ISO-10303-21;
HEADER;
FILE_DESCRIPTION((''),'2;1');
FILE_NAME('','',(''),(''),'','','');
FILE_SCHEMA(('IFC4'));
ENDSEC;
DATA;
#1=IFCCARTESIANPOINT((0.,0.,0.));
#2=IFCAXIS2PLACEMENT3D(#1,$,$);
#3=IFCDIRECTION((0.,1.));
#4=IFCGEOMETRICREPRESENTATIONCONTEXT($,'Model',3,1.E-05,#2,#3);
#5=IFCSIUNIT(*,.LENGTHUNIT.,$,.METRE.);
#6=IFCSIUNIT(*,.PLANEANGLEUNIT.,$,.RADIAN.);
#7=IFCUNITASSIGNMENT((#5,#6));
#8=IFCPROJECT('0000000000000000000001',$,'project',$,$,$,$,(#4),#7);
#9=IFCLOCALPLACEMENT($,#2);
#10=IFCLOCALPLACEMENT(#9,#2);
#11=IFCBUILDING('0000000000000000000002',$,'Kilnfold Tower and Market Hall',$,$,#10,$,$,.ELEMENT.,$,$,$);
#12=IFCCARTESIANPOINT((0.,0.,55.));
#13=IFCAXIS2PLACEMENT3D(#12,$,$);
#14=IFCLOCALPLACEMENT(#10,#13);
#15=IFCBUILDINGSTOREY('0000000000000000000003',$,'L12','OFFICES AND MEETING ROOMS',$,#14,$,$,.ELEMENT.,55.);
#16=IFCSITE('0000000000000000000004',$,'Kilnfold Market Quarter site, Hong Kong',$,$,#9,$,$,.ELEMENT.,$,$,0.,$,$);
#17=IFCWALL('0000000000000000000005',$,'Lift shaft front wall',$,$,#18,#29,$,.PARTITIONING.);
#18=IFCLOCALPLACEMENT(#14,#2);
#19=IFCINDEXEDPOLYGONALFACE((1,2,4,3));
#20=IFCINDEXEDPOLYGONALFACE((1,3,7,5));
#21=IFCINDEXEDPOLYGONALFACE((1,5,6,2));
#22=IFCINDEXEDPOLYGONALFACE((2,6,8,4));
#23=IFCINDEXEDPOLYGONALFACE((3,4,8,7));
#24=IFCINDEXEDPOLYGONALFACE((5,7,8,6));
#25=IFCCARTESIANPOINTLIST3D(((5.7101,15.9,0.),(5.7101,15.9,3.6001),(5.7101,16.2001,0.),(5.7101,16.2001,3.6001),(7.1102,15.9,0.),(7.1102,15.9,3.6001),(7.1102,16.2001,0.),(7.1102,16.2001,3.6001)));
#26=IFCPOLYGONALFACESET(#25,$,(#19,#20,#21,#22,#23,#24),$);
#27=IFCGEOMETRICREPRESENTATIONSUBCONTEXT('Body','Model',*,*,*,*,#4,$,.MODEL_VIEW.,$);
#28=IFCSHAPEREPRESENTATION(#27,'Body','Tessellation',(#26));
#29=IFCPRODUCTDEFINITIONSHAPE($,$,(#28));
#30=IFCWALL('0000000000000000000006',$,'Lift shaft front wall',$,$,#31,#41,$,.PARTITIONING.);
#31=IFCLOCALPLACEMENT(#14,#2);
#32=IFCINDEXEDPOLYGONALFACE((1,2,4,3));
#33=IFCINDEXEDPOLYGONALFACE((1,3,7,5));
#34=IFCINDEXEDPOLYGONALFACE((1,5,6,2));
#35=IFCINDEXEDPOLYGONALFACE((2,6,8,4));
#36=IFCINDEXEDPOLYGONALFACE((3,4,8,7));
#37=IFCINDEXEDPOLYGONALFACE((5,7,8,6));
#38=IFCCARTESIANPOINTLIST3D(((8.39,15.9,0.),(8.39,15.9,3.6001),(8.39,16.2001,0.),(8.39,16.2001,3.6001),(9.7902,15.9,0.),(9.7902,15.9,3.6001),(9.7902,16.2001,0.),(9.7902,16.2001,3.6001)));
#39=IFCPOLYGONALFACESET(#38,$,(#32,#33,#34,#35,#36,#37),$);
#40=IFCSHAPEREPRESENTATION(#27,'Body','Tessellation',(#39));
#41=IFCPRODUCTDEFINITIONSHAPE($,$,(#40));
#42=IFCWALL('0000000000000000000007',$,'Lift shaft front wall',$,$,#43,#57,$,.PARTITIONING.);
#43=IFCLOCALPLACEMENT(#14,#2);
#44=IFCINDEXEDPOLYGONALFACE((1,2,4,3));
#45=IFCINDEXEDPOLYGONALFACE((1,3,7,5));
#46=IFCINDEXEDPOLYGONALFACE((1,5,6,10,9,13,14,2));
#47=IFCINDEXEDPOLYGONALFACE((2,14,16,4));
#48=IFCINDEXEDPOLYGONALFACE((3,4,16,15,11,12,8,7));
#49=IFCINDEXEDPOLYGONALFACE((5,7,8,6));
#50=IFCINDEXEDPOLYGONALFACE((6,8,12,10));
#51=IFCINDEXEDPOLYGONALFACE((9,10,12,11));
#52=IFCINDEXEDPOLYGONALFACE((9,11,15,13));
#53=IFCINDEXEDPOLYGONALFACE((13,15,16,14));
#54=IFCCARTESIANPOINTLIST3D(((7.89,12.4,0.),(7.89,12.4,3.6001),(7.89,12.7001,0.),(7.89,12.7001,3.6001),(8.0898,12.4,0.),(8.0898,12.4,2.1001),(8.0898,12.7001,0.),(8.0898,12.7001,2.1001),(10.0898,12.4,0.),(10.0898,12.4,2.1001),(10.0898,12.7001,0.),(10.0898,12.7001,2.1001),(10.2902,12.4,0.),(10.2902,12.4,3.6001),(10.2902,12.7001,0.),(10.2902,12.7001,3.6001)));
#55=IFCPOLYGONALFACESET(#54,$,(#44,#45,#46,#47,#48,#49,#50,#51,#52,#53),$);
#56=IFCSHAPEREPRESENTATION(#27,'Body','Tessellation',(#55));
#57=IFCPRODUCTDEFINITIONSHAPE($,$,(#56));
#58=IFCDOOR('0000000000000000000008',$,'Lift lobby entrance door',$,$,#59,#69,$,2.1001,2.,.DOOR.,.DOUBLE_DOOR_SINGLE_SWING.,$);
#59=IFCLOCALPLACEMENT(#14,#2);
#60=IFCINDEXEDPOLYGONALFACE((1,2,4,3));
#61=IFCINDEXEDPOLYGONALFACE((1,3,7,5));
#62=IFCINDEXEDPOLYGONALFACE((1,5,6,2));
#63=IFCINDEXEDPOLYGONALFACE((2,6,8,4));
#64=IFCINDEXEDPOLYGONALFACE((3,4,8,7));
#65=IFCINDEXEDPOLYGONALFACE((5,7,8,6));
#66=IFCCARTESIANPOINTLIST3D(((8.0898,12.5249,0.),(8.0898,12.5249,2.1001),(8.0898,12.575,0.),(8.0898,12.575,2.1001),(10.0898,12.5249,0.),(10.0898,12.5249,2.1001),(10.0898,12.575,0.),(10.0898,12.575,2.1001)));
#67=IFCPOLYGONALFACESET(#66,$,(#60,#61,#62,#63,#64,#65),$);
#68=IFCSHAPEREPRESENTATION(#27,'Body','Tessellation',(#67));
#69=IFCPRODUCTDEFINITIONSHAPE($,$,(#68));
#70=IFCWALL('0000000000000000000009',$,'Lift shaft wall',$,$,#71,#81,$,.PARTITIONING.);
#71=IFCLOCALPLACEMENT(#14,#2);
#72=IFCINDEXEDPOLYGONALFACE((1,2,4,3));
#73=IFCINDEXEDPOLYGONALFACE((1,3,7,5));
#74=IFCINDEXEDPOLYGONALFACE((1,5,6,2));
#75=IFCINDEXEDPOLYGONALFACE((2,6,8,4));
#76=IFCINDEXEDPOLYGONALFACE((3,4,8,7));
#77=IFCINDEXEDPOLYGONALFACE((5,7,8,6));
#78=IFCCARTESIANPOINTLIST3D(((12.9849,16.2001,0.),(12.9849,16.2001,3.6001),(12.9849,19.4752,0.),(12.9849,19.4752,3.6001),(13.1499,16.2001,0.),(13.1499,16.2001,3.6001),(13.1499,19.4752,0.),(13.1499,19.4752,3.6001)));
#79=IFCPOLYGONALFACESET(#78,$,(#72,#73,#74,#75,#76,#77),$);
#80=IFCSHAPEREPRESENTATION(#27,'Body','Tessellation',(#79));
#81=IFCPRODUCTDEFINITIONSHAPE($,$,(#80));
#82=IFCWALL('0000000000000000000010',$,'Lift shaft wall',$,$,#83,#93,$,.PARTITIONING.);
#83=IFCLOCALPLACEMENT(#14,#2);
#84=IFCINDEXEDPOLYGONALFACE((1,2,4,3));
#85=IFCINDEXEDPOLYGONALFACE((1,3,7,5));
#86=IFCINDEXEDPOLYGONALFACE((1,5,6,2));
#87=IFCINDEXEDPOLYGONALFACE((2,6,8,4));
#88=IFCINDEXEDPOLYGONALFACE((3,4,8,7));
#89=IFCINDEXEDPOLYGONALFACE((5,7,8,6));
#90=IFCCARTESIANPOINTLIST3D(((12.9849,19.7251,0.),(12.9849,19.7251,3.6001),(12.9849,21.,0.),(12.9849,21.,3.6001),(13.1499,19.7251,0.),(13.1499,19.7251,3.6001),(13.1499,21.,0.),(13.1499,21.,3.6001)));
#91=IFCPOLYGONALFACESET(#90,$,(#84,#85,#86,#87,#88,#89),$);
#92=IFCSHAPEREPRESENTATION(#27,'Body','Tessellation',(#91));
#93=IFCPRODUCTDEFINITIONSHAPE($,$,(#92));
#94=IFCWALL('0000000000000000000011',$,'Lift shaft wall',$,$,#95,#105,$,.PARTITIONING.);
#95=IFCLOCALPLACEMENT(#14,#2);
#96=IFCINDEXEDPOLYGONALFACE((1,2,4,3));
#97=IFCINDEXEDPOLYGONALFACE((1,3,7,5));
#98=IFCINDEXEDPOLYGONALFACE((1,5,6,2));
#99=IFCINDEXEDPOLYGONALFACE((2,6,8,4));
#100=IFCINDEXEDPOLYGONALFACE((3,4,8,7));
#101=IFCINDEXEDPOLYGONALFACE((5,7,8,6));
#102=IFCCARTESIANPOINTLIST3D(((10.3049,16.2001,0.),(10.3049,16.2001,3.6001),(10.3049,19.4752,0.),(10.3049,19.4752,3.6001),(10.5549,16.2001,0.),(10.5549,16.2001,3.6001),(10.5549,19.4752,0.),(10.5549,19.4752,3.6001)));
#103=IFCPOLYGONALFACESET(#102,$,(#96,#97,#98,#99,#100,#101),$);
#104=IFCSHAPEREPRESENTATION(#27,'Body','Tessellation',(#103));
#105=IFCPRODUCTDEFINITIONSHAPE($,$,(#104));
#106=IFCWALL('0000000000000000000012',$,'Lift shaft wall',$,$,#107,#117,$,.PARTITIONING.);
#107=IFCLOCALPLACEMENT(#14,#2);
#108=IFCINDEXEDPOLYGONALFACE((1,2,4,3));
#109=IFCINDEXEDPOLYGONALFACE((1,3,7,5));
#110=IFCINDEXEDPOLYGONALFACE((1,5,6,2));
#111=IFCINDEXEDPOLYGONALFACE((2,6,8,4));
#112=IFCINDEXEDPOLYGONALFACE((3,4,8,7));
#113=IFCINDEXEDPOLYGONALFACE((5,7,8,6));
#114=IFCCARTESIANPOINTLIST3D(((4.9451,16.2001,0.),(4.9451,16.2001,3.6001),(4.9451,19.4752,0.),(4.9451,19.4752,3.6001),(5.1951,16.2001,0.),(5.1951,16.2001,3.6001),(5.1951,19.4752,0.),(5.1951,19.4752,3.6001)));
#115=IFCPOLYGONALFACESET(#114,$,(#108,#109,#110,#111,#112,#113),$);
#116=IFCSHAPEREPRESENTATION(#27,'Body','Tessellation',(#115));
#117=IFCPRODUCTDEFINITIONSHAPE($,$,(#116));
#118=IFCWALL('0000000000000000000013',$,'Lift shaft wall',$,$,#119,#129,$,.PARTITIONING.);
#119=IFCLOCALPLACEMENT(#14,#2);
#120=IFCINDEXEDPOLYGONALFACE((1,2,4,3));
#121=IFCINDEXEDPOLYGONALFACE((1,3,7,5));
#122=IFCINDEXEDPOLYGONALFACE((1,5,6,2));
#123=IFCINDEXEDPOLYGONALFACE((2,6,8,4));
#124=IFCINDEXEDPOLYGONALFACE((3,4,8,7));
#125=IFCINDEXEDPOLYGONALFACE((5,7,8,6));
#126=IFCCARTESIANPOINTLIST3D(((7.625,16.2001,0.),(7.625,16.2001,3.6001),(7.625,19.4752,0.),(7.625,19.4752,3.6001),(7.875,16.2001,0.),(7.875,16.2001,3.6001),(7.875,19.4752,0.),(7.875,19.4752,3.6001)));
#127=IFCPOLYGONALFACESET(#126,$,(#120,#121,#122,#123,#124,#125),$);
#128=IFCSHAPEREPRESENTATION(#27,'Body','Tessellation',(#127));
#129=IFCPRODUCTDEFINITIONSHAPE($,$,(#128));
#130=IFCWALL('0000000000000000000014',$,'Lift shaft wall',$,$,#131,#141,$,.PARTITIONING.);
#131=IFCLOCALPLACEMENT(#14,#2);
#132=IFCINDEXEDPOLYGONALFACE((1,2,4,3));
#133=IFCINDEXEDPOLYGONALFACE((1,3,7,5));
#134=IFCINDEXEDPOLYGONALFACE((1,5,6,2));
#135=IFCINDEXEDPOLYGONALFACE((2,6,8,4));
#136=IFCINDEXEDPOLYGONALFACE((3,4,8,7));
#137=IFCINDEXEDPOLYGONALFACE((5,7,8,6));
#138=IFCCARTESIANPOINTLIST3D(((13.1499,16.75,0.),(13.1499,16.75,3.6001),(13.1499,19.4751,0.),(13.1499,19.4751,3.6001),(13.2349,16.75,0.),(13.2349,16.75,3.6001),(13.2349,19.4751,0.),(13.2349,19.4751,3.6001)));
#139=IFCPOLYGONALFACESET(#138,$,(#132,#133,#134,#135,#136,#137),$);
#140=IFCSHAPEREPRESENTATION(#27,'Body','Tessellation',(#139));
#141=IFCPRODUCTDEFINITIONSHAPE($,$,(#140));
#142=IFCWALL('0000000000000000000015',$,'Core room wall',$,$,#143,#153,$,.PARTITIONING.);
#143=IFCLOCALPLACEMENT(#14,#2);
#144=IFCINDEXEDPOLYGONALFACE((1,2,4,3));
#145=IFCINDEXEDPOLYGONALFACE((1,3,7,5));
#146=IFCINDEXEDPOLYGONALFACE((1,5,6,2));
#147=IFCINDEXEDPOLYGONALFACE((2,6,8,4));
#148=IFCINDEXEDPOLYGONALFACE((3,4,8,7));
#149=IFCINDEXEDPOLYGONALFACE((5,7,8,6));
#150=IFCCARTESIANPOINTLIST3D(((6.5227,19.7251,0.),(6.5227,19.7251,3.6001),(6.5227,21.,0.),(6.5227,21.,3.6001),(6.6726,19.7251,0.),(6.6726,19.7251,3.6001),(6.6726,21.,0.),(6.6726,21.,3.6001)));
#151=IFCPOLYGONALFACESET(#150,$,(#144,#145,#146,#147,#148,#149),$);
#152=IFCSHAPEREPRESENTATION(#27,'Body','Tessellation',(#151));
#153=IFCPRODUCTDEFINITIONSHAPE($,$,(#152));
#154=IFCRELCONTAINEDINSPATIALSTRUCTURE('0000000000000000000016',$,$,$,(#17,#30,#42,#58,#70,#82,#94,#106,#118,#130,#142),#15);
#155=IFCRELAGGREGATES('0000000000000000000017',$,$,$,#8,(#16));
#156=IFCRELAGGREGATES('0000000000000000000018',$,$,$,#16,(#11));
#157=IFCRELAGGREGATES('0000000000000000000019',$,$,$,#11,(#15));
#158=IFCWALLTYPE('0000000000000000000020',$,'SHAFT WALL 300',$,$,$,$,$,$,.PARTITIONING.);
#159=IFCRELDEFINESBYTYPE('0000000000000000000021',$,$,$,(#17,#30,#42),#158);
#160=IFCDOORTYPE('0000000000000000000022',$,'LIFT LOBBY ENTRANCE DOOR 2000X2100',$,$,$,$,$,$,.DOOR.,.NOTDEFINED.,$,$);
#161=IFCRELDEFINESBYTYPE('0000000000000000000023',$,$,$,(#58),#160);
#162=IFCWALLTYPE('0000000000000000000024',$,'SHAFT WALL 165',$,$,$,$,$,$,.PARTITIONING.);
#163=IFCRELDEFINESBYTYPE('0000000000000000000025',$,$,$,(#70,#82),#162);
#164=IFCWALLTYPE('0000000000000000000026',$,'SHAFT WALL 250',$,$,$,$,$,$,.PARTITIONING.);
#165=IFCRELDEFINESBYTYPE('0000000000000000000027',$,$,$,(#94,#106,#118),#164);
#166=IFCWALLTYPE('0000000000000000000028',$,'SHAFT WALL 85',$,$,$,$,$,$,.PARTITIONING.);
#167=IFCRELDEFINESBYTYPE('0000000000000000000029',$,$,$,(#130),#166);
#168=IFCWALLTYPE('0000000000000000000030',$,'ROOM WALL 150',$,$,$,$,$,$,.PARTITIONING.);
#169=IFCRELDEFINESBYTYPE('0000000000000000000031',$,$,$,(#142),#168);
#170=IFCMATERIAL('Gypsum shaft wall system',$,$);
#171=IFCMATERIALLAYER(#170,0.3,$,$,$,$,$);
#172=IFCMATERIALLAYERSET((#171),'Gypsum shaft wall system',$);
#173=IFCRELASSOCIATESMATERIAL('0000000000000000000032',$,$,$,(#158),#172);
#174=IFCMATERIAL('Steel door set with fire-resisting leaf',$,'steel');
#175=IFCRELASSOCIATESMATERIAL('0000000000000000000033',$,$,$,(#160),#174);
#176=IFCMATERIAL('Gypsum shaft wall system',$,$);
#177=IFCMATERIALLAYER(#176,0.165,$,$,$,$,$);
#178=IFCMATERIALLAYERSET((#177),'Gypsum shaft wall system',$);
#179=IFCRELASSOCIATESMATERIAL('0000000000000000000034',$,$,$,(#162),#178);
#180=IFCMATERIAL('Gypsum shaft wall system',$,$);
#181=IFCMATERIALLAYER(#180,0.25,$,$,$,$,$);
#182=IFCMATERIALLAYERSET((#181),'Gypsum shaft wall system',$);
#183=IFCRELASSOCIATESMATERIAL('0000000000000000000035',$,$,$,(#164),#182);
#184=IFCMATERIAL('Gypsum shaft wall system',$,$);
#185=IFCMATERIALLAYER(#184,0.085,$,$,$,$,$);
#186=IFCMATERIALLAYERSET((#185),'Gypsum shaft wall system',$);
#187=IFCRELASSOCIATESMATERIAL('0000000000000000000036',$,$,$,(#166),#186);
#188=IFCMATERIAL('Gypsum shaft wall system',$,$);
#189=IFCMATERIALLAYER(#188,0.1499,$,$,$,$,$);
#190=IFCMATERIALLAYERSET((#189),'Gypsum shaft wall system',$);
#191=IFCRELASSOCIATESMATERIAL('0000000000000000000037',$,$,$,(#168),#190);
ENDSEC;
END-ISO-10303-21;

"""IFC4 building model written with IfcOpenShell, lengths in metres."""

from ifc_helpers import new_model, si_unit, direction, frame, frame_2d, origin, place, context, subcontext, project, spatial, rectangle, extrude, source, transform, mapped, material, layer, layer_set, type_object, element, fill, save


model = new_model("IFC4")

# Units and contexts
model_context = context("Model", 3, precision=1e-05, world=origin(), true_north=direction((0.0, 1.0)))
body_context = subcontext(model_context, "Body", "Model", "MODEL_VIEW")
ifc_project = project(units=[si_unit("LENGTHUNIT", "METRE"), si_unit("PLANEANGLEUNIT", "RADIAN")], contexts=[model_context])

# Site, building, storey
site_placement = place(None, origin())
site = spatial("IfcSite", under=ifc_project, at=site_placement, Name="Kilnfold Market Quarter site, Hong Kong", CompositionType="ELEMENT", RefElevation=0.0)
building_placement = place(site_placement, origin())
building = spatial("IfcBuilding", under=site, at=building_placement, Name="Kilnfold Tower and Market Hall", CompositionType="ELEMENT")
storey_placement = place(building_placement, frame((0.0, 0.0, 55.0)))
storey = spatial("IfcBuildingStorey", under=building, at=storey_placement, Name="L12", Description="OFFICES AND MEETING ROOMS", CompositionType="ELEMENT", Elevation=55.0)

# Shared definitions
ifc_material_1 = material(Name="Gypsum shaft wall system")
ifc_layer_1 = layer(ifc_material_1, 0.3)
ifc_layer_set_1 = layer_set([ifc_layer_1], Name="Gypsum shaft wall system")
wall_type_1 = type_object("IfcWallType", Name="SHAFT WALL 300", PredefinedType="PARTITIONING", material=ifc_layer_set_1)
shared_shape_1 = source(origin(), body_context, "Body", "SweptSolid", [
    extrude(rectangle(XDim=1.4001, YDim=0.3, at=frame_2d((0.7002, 0.0))), origin(), (0.0, 0.0, 1.0), 3.6001),
])

# Walls
for number, where, z_axis, x_axis, name in (
    (1, (5.71, 16.05, 0.0), (0.0, 0.0, 1.0), (1.0, 0.0, 0.0), "Lift shaft front wall"),
    (2, (8.3899, 16.05, 0.0), (0.0, 0.0, 1.0), (1.0, 0.0, 0.0), "Lift shaft front wall"),
):
    element("IfcWall", number, at=place(storey_placement, frame(where, z_axis=z_axis, x_axis=x_axis)), inside=storey, type_object=wall_type_1, Name=name, PredefinedType="PARTITIONING", context=body_context, shape_type="MappedRepresentation", body=[
        mapped(shared_shape_1, transform((0.0, 0.0, 0.0))),
    ])

# Wall, opening, door
shared_shape_2 = source(origin(), body_context, "Body", "SweptSolid", [
    extrude(rectangle(XDim=2.4001, YDim=0.3, at=frame_2d((1.2002, 0.0))), origin(), (0.0, 0.0, 1.0), 3.6001),
])
wall_1_placement = place(storey_placement, frame((7.8899, 12.55, 0.0), z_axis=(0.0, 0.0, 1.0), x_axis=(1.0, 0.0, 0.0)))
wall_1 = element("IfcWall", 3, at=wall_1_placement, inside=storey, type_object=wall_type_1, Name="Lift shaft front wall", PredefinedType="PARTITIONING", context=body_context, shape_type="MappedRepresentation", body=[
    mapped(shared_shape_2, transform((0.0, 0.0, 0.0))),
])
opening_1_placement = place(wall_1_placement, frame((0.2, 0.0, 0.0)))
opening_1 = element("IfcOpeningElement", 4, at=opening_1_placement, cuts=wall_1, PredefinedType="OPENING", context=body_context, shape_type="SweptSolid", body=[
    extrude(rectangle(XDim=2.0, YDim=2.1001, at=frame_2d((1.0, 1.05))), frame((0.0, 0.1602, 0.0), z_axis=(0.0, -1.0, 0.0), x_axis=(1.0, 0.0, 0.0)), (0.0, 0.0, 1.0), 0.3201),
])
ifc_material_2 = material(Name="Steel door set with fire-resisting leaf", Category="steel")
door_type_1 = type_object("IfcDoorType", Name="LIFT LOBBY ENTRANCE DOOR 2000X2100", OperationType="NOTDEFINED", PredefinedType="DOOR", material=ifc_material_2)
door_1_placement = place(opening_1_placement, origin())
door_1 = element("IfcDoor", 5, at=door_1_placement, inside=storey, type_object=door_type_1, Name="Lift lobby entrance door", OperationType="DOUBLE_DOOR_SINGLE_SWING", OverallHeight=2.1001, OverallWidth=2.0, PredefinedType="DOOR", context=body_context, shape_type="SweptSolid", body=[
    extrude(rectangle(XDim=2.0, YDim=2.1001, at=frame_2d((1.0, 1.05))), frame((0.0, 0.0249, 0.0), z_axis=(0.0, -1.0, 0.0), x_axis=(1.0, 0.0, 0.0)), (0.0, 0.0, 1.0), 0.05),
])
fill(opening_1, door_1)

# Walls
ifc_material_3 = material(Name="Gypsum shaft wall system")
ifc_layer_2 = layer(ifc_material_3, 0.165)
ifc_layer_set_2 = layer_set([ifc_layer_2], Name="Gypsum shaft wall system")
wall_type_2 = type_object("IfcWallType", Name="SHAFT WALL 165", PredefinedType="PARTITIONING", material=ifc_layer_set_2)
shared_shape_3 = source(origin(), body_context, "Body", "SweptSolid", [
    extrude(rectangle(XDim=3.2751, YDim=0.165, at=frame_2d((1.6377, 0.0))), origin(), (0.0, 0.0, 1.0), 3.6001),
])
wall_2_placement = place(storey_placement, frame((13.0674, 16.2, 0.0), z_axis=(0.0, 0.0, 1.0), x_axis=(0.0, 1.0, 0.0)))
element("IfcWall", 6, at=wall_2_placement, inside=storey, type_object=wall_type_2, Name="Lift shaft wall", PredefinedType="PARTITIONING", context=body_context, shape_type="MappedRepresentation", body=[
    mapped(shared_shape_3, transform((0.0, 0.0, 0.0))),
])
shared_shape_4 = source(origin(), body_context, "Body", "SweptSolid", [
    extrude(rectangle(XDim=1.2749, YDim=0.165, at=frame_2d((0.6375, 0.0))), origin(), (0.0, 0.0, 1.0), 3.6001),
])
wall_3_placement = place(storey_placement, frame((13.0674, 19.7251, 0.0), z_axis=(0.0, 0.0, 1.0), x_axis=(0.0, 1.0, 0.0)))
element("IfcWall", 7, at=wall_3_placement, inside=storey, type_object=wall_type_2, Name="Lift shaft wall", PredefinedType="PARTITIONING", context=body_context, shape_type="MappedRepresentation", body=[
    mapped(shared_shape_4, transform((0.0, 0.0, 0.0))),
])
ifc_material_4 = material(Name="Gypsum shaft wall system")
ifc_layer_3 = layer(ifc_material_4, 0.25)
ifc_layer_set_3 = layer_set([ifc_layer_3], Name="Gypsum shaft wall system")
wall_type_3 = type_object("IfcWallType", Name="SHAFT WALL 250", PredefinedType="PARTITIONING", material=ifc_layer_set_3)
shared_shape_5 = source(origin(), body_context, "Body", "SweptSolid", [
    extrude(rectangle(XDim=3.2751, YDim=0.25, at=frame_2d((1.6377, 0.0))), origin(), (0.0, 0.0, 1.0), 3.6001),
])
for number, where, z_axis, x_axis, name in (
    (8, (10.4299, 16.2, 0.0), (0.0, 0.0, 1.0), (0.0, 1.0, 0.0), "Lift shaft wall"),
    (9, (5.0701, 16.2, 0.0), (0.0, 0.0, 1.0), (0.0, 1.0, 0.0), "Lift shaft wall"),
    (10, (7.75, 16.2, 0.0), (0.0, 0.0, 1.0), (0.0, 1.0, 0.0), "Lift shaft wall"),
):
    element("IfcWall", number, at=place(storey_placement, frame(where, z_axis=z_axis, x_axis=x_axis)), inside=storey, type_object=wall_type_3, Name=name, PredefinedType="PARTITIONING", context=body_context, shape_type="MappedRepresentation", body=[
        mapped(shared_shape_5, transform((0.0, 0.0, 0.0))),
    ])
ifc_material_5 = material(Name="Gypsum shaft wall system")
ifc_layer_4 = layer(ifc_material_5, 0.085)
ifc_layer_set_4 = layer_set([ifc_layer_4], Name="Gypsum shaft wall system")
wall_type_4 = type_object("IfcWallType", Name="SHAFT WALL 85", PredefinedType="PARTITIONING", material=ifc_layer_set_4)
shared_shape_6 = source(origin(), body_context, "Body", "SweptSolid", [
    extrude(rectangle(XDim=2.7251, YDim=0.085, at=frame_2d((1.3625, 0.0))), origin(), (0.0, 0.0, 1.0), 3.6001),
])
wall_4_placement = place(storey_placement, frame((13.1924, 16.75, 0.0), z_axis=(0.0, 0.0, 1.0), x_axis=(0.0, 1.0, 0.0)))
element("IfcWall", 11, at=wall_4_placement, inside=storey, type_object=wall_type_4, Name="Lift shaft wall", PredefinedType="PARTITIONING", context=body_context, shape_type="MappedRepresentation", body=[
    mapped(shared_shape_6, transform((0.0, 0.0, 0.0))),
])
ifc_material_6 = material(Name="Gypsum shaft wall system")
ifc_layer_5 = layer(ifc_material_6, 0.1499)
ifc_layer_set_5 = layer_set([ifc_layer_5], Name="Gypsum shaft wall system")
wall_type_5 = type_object("IfcWallType", Name="ROOM WALL 150", PredefinedType="PARTITIONING", material=ifc_layer_set_5)
shared_shape_7 = source(origin(), body_context, "Body", "SweptSolid", [
    extrude(rectangle(XDim=1.2749, YDim=0.1499, at=frame_2d((0.6375, 0.0))), origin(), (0.0, 0.0, 1.0), 3.6001),
])
wall_5_placement = place(storey_placement, frame((6.5977, 19.7251, 0.0), z_axis=(0.0, 0.0, 1.0), x_axis=(0.0, 1.0, 0.0)))
element("IfcWall", 12, at=wall_5_placement, inside=storey, type_object=wall_type_5, Name="Core room wall", PredefinedType="PARTITIONING", context=body_context, shape_type="MappedRepresentation", body=[
    mapped(shared_shape_7, transform((0.0, 0.0, 0.0))),
])

save(model, "model.ifc")
